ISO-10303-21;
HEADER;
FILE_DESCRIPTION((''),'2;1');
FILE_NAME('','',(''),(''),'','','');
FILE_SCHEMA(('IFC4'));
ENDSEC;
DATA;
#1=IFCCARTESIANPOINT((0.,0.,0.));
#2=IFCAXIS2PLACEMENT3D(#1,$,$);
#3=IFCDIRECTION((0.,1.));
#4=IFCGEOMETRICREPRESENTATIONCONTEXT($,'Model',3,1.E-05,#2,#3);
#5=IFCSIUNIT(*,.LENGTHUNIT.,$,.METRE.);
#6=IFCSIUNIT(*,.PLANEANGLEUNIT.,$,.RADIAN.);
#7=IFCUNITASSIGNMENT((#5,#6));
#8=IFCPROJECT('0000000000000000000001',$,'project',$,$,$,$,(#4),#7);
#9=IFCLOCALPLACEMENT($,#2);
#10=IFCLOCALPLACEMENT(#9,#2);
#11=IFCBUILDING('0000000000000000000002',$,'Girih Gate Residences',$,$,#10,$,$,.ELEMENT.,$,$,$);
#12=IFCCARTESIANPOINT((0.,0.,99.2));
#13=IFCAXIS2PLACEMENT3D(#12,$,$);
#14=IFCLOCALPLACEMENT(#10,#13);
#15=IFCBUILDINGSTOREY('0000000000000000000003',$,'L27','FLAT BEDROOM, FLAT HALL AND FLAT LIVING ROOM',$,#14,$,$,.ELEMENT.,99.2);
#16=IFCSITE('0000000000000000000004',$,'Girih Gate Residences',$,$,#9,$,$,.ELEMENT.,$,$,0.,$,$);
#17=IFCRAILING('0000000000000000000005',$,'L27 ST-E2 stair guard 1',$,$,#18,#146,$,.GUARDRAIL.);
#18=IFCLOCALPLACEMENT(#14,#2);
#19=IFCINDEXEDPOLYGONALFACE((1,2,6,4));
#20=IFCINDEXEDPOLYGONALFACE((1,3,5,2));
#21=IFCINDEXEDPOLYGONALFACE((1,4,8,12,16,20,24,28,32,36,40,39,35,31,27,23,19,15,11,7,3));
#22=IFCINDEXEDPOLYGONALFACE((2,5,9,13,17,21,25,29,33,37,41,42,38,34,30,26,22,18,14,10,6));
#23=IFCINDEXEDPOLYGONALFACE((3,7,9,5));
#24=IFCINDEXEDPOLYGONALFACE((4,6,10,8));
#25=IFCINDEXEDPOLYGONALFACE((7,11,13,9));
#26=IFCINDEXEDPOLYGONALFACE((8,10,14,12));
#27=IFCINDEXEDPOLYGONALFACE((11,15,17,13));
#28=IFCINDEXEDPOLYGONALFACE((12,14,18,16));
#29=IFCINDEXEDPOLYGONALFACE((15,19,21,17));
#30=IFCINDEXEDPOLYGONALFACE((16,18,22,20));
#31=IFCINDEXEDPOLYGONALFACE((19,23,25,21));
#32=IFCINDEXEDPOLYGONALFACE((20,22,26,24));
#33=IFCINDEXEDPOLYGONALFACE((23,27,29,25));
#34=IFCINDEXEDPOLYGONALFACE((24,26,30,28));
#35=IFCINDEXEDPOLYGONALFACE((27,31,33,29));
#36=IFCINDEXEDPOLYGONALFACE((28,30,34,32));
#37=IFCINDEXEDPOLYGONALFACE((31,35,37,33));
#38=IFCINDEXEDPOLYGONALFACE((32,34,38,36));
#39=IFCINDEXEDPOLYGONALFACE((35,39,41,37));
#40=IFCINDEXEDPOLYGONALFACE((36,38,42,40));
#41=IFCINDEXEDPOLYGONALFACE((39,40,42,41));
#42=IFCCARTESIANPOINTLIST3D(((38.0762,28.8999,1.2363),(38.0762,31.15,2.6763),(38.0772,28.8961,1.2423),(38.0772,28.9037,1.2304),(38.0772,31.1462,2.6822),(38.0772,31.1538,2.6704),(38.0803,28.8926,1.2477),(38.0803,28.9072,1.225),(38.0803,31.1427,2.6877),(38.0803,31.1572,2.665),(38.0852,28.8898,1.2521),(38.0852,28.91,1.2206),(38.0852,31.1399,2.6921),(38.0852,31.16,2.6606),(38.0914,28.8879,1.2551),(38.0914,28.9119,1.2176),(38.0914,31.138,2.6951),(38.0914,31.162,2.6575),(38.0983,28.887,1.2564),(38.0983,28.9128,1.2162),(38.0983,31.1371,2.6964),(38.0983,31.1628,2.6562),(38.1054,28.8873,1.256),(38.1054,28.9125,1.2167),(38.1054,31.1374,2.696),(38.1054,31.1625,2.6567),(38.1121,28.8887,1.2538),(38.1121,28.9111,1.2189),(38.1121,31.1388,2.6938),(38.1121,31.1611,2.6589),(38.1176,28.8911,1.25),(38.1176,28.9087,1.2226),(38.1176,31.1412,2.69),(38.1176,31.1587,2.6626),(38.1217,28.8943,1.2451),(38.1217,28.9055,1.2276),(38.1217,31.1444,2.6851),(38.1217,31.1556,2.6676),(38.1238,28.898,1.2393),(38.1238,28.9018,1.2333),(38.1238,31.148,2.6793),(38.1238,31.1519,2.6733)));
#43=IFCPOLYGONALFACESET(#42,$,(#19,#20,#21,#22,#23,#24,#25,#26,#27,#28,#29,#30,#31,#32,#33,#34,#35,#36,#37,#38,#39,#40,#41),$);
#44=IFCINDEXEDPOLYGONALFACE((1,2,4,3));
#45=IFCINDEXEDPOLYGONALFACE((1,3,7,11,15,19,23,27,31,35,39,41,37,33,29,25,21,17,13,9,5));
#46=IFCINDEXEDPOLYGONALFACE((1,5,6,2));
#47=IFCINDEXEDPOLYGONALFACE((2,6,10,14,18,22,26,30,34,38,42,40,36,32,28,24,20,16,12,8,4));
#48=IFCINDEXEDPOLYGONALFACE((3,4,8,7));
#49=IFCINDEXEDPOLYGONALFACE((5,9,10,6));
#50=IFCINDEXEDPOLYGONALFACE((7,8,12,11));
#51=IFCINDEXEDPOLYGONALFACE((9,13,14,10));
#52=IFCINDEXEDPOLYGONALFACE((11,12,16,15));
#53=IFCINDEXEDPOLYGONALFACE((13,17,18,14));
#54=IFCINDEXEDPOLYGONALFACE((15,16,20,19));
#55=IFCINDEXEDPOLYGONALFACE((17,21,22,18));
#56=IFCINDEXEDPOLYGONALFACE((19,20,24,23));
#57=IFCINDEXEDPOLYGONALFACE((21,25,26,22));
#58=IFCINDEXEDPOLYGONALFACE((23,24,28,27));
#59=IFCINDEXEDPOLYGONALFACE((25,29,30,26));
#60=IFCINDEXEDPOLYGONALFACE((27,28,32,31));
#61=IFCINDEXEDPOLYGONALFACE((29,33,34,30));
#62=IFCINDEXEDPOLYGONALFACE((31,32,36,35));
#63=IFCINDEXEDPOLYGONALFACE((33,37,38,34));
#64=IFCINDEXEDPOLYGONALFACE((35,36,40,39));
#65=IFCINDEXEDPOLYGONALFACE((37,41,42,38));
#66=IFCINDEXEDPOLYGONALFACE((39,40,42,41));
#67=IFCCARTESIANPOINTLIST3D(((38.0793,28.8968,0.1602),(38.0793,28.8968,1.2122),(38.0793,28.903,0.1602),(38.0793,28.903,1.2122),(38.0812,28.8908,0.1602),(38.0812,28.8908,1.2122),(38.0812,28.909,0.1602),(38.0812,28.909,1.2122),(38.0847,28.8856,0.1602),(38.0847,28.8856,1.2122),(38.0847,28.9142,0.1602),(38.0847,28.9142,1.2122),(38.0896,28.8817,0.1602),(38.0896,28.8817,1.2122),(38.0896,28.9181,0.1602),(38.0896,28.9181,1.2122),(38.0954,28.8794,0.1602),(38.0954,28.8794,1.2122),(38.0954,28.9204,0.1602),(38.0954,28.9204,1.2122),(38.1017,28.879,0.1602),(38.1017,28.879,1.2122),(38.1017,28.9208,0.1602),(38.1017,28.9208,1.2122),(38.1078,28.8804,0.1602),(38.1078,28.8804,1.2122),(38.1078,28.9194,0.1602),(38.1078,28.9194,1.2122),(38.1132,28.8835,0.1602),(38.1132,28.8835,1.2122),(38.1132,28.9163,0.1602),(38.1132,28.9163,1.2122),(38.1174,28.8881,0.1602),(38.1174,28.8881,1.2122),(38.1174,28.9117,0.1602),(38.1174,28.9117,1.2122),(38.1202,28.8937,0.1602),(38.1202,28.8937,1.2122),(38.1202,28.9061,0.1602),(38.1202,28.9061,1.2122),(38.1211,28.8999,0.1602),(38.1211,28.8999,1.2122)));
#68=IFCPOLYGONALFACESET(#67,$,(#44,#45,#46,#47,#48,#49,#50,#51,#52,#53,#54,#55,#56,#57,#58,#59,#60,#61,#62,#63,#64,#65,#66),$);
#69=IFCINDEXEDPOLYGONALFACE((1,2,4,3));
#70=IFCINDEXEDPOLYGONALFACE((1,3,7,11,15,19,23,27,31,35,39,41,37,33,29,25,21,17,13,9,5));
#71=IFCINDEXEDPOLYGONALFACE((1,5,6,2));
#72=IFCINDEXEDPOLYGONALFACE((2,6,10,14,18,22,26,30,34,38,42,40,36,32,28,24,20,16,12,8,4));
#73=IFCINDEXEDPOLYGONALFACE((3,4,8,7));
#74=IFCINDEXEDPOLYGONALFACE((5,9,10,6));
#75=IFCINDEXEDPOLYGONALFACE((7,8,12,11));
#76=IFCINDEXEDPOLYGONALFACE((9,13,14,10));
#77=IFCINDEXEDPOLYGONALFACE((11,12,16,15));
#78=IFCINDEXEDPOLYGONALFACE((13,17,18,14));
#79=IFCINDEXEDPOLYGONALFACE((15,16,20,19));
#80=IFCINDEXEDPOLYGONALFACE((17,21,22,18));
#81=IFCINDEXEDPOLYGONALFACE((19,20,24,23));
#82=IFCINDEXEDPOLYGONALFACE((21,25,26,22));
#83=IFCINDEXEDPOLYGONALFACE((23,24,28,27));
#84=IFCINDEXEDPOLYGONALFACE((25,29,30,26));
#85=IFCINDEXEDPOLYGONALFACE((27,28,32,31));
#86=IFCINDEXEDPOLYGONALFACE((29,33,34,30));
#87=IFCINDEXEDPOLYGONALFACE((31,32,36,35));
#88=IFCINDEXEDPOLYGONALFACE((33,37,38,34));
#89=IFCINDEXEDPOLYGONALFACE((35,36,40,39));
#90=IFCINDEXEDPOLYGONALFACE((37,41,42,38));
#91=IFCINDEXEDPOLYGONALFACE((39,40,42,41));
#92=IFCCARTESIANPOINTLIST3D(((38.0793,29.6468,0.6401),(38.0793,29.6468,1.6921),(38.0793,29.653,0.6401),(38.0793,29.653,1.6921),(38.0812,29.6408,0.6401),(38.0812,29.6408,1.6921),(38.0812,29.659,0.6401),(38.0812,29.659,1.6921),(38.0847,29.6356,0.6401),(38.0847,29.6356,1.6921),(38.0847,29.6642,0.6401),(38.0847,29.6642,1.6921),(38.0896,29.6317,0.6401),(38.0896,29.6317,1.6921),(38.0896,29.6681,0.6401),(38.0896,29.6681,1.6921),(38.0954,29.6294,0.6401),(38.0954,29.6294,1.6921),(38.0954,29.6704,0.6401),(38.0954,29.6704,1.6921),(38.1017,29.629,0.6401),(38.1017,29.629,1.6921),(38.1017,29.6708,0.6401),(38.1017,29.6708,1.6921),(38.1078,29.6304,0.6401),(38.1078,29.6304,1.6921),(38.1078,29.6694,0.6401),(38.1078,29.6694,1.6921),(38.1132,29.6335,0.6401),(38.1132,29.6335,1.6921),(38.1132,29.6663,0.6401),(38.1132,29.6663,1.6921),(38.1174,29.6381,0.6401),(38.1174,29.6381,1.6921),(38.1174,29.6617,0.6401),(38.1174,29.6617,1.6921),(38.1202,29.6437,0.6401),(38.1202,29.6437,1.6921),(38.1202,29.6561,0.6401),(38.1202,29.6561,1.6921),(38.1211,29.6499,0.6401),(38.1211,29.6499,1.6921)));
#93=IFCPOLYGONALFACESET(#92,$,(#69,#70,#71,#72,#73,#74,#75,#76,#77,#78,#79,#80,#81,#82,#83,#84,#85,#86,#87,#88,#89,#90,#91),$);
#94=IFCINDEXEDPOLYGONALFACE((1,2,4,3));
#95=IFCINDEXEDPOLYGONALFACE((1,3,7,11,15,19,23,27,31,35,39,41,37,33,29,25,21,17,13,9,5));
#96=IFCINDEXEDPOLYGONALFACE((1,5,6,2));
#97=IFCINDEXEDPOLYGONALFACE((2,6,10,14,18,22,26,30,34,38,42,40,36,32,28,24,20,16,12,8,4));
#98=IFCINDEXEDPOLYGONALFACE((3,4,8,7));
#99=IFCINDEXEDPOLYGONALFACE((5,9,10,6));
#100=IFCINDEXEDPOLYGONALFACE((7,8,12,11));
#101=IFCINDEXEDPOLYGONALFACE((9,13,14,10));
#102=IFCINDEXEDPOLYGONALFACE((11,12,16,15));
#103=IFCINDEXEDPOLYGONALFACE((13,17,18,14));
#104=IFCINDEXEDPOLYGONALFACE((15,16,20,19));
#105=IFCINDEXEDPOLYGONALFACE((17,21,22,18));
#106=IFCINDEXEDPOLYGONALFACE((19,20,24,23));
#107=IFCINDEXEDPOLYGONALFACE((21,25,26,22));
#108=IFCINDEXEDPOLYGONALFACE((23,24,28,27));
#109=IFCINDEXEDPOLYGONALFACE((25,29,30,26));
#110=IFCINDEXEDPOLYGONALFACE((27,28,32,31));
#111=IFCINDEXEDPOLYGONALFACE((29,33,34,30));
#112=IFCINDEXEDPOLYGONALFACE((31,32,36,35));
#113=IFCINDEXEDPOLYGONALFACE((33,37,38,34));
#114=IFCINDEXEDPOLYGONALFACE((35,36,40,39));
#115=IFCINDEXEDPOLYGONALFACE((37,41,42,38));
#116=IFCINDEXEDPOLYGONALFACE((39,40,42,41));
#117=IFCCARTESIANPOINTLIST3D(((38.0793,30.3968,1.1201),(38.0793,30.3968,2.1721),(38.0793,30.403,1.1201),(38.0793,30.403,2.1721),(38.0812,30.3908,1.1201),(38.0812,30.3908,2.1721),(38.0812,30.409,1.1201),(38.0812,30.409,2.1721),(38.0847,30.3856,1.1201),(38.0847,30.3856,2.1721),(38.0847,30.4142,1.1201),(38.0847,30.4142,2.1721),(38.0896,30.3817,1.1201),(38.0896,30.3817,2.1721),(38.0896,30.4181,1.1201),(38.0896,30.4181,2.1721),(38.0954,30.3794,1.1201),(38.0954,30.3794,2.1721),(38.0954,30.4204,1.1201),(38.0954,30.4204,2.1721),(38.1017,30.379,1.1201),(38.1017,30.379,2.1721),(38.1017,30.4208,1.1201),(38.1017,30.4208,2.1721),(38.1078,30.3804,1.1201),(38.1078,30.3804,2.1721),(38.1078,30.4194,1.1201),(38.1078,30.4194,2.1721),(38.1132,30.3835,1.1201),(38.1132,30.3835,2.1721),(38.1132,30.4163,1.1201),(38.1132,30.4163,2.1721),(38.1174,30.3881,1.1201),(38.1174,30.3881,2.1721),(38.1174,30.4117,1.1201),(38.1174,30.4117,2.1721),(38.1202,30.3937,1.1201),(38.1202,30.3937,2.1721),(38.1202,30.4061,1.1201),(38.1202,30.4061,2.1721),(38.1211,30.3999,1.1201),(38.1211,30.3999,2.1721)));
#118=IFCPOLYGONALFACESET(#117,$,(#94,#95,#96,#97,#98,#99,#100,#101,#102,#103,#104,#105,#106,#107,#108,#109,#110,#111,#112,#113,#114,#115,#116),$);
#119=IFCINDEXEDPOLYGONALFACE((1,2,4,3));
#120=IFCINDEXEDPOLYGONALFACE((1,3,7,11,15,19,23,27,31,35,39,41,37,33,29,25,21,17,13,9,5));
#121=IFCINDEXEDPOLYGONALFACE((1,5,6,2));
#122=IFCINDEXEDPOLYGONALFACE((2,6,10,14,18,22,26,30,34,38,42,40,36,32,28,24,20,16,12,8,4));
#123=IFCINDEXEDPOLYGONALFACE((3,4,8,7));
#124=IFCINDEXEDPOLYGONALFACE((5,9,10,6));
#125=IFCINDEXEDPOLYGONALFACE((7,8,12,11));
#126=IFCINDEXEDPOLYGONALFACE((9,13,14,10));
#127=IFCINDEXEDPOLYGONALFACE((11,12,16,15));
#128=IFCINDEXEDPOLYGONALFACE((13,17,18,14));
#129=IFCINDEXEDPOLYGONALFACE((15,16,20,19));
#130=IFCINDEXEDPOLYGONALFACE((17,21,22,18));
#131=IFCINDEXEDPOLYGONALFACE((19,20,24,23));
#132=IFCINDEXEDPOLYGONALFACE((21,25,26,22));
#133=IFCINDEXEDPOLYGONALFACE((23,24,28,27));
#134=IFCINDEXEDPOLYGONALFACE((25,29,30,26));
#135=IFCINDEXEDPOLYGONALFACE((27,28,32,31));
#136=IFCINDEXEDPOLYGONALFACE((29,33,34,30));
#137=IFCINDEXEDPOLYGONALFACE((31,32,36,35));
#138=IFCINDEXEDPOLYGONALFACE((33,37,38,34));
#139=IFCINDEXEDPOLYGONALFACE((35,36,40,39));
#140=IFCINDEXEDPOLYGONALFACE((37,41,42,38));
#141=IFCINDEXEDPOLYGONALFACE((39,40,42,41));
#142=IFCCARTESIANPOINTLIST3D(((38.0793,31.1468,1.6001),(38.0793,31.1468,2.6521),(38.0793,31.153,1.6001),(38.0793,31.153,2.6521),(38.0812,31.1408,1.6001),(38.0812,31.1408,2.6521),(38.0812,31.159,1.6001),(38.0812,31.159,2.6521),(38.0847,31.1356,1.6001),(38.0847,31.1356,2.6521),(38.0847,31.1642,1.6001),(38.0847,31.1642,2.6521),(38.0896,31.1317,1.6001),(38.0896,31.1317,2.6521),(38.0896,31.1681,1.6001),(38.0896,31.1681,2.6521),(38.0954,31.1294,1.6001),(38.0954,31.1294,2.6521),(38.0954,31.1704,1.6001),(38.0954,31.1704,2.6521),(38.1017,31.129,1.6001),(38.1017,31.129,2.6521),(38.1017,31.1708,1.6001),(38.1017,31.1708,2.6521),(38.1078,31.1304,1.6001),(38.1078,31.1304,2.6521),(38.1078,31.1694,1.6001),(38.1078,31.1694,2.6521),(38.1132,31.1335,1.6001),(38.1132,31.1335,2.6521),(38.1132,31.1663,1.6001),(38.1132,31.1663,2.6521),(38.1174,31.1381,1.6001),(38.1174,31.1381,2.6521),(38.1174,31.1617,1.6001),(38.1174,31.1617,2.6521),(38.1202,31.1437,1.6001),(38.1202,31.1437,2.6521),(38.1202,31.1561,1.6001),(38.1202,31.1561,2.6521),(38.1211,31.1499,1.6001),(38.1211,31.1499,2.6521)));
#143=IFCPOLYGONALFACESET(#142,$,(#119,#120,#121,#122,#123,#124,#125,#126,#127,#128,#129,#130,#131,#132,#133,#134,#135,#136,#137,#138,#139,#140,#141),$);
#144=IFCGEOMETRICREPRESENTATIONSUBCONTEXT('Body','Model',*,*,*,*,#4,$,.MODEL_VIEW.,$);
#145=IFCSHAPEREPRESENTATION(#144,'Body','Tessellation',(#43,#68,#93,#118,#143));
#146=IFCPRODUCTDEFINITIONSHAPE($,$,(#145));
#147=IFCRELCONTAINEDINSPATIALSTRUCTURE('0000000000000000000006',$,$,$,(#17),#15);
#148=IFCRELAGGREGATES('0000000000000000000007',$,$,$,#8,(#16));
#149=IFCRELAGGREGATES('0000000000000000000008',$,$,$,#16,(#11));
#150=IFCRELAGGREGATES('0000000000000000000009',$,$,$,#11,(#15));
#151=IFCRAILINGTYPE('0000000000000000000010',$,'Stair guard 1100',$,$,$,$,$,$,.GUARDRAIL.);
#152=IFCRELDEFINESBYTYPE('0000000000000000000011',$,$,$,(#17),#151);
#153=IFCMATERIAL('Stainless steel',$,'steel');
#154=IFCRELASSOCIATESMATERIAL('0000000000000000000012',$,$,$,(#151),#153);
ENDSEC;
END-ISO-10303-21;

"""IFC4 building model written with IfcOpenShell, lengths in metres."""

from ifc_helpers import new_model, si_unit, direction, frame, origin, origin_2d, place, context, subcontext, project, spatial, circle, extrude, material, type_object, element, save


model = new_model("IFC4")

# Units and contexts
model_context = context("Model", 3, precision=1e-05, world=origin(), true_north=direction((0.0, 1.0)))
body_context = subcontext(model_context, "Body", "Model", "MODEL_VIEW")
ifc_project = project(units=[si_unit("LENGTHUNIT", "METRE"), si_unit("PLANEANGLEUNIT", "RADIAN")], contexts=[model_context])

# Site, building, storey
site_placement = place(None, origin())
site = spatial("IfcSite", under=ifc_project, at=site_placement, Name="Girih Gate Residences", CompositionType="ELEMENT", RefElevation=0.0)
building_placement = place(site_placement, origin())
building = spatial("IfcBuilding", under=site, at=building_placement, Name="Girih Gate Residences", CompositionType="ELEMENT")
storey_placement = place(building_placement, frame((0.0, 0.0, 99.2)))
storey = spatial("IfcBuildingStorey", under=building, at=storey_placement, Name="L27", Description="FLAT BEDROOM, FLAT HALL AND FLAT LIVING ROOM", CompositionType="ELEMENT", Elevation=99.2)

# Shared definitions
ifc_material_1 = material(Name="Stainless steel", Category="steel")

# Railing
railing_type_1 = type_object("IfcRailingType", Name="Stair guard 1100", PredefinedType="GUARDRAIL", material=ifc_material_1)
railing_1_placement = place(storey_placement, frame((38.1001, 28.8999, 0.1602)))
element("IfcRailing", 1, at=railing_1_placement, inside=storey, type_object=railing_type_1, Name="L27 ST-E2 stair guard 1", PredefinedType="GUARDRAIL", context=body_context, shape_type="SweptSolid", body=[
    extrude(circle(Radius=0.0239, at=origin_2d()), frame((0.0, 0.0, 1.0762), z_axis=(0.0, 0.842281, 0.539038), x_axis=(-1.0, 0.0, 0.0)), (0.0, 0.0, 1.0), 2.6714),
    extrude(circle(Radius=0.021, at=origin_2d()), origin(), (0.0, 0.0, 1.0), 1.052),
    extrude(circle(Radius=0.021, at=origin_2d()), frame((0.0, 0.75, 0.48)), (0.0, 0.0, 1.0), 1.052),
    extrude(circle(Radius=0.021, at=origin_2d()), frame((0.0, 1.5, 0.96)), (0.0, 0.0, 1.0), 1.052),
    extrude(circle(Radius=0.021, at=origin_2d()), frame((0.0, 2.25, 1.4399)), (0.0, 0.0, 1.0), 1.052),
])

save(model, "model.ifc")
